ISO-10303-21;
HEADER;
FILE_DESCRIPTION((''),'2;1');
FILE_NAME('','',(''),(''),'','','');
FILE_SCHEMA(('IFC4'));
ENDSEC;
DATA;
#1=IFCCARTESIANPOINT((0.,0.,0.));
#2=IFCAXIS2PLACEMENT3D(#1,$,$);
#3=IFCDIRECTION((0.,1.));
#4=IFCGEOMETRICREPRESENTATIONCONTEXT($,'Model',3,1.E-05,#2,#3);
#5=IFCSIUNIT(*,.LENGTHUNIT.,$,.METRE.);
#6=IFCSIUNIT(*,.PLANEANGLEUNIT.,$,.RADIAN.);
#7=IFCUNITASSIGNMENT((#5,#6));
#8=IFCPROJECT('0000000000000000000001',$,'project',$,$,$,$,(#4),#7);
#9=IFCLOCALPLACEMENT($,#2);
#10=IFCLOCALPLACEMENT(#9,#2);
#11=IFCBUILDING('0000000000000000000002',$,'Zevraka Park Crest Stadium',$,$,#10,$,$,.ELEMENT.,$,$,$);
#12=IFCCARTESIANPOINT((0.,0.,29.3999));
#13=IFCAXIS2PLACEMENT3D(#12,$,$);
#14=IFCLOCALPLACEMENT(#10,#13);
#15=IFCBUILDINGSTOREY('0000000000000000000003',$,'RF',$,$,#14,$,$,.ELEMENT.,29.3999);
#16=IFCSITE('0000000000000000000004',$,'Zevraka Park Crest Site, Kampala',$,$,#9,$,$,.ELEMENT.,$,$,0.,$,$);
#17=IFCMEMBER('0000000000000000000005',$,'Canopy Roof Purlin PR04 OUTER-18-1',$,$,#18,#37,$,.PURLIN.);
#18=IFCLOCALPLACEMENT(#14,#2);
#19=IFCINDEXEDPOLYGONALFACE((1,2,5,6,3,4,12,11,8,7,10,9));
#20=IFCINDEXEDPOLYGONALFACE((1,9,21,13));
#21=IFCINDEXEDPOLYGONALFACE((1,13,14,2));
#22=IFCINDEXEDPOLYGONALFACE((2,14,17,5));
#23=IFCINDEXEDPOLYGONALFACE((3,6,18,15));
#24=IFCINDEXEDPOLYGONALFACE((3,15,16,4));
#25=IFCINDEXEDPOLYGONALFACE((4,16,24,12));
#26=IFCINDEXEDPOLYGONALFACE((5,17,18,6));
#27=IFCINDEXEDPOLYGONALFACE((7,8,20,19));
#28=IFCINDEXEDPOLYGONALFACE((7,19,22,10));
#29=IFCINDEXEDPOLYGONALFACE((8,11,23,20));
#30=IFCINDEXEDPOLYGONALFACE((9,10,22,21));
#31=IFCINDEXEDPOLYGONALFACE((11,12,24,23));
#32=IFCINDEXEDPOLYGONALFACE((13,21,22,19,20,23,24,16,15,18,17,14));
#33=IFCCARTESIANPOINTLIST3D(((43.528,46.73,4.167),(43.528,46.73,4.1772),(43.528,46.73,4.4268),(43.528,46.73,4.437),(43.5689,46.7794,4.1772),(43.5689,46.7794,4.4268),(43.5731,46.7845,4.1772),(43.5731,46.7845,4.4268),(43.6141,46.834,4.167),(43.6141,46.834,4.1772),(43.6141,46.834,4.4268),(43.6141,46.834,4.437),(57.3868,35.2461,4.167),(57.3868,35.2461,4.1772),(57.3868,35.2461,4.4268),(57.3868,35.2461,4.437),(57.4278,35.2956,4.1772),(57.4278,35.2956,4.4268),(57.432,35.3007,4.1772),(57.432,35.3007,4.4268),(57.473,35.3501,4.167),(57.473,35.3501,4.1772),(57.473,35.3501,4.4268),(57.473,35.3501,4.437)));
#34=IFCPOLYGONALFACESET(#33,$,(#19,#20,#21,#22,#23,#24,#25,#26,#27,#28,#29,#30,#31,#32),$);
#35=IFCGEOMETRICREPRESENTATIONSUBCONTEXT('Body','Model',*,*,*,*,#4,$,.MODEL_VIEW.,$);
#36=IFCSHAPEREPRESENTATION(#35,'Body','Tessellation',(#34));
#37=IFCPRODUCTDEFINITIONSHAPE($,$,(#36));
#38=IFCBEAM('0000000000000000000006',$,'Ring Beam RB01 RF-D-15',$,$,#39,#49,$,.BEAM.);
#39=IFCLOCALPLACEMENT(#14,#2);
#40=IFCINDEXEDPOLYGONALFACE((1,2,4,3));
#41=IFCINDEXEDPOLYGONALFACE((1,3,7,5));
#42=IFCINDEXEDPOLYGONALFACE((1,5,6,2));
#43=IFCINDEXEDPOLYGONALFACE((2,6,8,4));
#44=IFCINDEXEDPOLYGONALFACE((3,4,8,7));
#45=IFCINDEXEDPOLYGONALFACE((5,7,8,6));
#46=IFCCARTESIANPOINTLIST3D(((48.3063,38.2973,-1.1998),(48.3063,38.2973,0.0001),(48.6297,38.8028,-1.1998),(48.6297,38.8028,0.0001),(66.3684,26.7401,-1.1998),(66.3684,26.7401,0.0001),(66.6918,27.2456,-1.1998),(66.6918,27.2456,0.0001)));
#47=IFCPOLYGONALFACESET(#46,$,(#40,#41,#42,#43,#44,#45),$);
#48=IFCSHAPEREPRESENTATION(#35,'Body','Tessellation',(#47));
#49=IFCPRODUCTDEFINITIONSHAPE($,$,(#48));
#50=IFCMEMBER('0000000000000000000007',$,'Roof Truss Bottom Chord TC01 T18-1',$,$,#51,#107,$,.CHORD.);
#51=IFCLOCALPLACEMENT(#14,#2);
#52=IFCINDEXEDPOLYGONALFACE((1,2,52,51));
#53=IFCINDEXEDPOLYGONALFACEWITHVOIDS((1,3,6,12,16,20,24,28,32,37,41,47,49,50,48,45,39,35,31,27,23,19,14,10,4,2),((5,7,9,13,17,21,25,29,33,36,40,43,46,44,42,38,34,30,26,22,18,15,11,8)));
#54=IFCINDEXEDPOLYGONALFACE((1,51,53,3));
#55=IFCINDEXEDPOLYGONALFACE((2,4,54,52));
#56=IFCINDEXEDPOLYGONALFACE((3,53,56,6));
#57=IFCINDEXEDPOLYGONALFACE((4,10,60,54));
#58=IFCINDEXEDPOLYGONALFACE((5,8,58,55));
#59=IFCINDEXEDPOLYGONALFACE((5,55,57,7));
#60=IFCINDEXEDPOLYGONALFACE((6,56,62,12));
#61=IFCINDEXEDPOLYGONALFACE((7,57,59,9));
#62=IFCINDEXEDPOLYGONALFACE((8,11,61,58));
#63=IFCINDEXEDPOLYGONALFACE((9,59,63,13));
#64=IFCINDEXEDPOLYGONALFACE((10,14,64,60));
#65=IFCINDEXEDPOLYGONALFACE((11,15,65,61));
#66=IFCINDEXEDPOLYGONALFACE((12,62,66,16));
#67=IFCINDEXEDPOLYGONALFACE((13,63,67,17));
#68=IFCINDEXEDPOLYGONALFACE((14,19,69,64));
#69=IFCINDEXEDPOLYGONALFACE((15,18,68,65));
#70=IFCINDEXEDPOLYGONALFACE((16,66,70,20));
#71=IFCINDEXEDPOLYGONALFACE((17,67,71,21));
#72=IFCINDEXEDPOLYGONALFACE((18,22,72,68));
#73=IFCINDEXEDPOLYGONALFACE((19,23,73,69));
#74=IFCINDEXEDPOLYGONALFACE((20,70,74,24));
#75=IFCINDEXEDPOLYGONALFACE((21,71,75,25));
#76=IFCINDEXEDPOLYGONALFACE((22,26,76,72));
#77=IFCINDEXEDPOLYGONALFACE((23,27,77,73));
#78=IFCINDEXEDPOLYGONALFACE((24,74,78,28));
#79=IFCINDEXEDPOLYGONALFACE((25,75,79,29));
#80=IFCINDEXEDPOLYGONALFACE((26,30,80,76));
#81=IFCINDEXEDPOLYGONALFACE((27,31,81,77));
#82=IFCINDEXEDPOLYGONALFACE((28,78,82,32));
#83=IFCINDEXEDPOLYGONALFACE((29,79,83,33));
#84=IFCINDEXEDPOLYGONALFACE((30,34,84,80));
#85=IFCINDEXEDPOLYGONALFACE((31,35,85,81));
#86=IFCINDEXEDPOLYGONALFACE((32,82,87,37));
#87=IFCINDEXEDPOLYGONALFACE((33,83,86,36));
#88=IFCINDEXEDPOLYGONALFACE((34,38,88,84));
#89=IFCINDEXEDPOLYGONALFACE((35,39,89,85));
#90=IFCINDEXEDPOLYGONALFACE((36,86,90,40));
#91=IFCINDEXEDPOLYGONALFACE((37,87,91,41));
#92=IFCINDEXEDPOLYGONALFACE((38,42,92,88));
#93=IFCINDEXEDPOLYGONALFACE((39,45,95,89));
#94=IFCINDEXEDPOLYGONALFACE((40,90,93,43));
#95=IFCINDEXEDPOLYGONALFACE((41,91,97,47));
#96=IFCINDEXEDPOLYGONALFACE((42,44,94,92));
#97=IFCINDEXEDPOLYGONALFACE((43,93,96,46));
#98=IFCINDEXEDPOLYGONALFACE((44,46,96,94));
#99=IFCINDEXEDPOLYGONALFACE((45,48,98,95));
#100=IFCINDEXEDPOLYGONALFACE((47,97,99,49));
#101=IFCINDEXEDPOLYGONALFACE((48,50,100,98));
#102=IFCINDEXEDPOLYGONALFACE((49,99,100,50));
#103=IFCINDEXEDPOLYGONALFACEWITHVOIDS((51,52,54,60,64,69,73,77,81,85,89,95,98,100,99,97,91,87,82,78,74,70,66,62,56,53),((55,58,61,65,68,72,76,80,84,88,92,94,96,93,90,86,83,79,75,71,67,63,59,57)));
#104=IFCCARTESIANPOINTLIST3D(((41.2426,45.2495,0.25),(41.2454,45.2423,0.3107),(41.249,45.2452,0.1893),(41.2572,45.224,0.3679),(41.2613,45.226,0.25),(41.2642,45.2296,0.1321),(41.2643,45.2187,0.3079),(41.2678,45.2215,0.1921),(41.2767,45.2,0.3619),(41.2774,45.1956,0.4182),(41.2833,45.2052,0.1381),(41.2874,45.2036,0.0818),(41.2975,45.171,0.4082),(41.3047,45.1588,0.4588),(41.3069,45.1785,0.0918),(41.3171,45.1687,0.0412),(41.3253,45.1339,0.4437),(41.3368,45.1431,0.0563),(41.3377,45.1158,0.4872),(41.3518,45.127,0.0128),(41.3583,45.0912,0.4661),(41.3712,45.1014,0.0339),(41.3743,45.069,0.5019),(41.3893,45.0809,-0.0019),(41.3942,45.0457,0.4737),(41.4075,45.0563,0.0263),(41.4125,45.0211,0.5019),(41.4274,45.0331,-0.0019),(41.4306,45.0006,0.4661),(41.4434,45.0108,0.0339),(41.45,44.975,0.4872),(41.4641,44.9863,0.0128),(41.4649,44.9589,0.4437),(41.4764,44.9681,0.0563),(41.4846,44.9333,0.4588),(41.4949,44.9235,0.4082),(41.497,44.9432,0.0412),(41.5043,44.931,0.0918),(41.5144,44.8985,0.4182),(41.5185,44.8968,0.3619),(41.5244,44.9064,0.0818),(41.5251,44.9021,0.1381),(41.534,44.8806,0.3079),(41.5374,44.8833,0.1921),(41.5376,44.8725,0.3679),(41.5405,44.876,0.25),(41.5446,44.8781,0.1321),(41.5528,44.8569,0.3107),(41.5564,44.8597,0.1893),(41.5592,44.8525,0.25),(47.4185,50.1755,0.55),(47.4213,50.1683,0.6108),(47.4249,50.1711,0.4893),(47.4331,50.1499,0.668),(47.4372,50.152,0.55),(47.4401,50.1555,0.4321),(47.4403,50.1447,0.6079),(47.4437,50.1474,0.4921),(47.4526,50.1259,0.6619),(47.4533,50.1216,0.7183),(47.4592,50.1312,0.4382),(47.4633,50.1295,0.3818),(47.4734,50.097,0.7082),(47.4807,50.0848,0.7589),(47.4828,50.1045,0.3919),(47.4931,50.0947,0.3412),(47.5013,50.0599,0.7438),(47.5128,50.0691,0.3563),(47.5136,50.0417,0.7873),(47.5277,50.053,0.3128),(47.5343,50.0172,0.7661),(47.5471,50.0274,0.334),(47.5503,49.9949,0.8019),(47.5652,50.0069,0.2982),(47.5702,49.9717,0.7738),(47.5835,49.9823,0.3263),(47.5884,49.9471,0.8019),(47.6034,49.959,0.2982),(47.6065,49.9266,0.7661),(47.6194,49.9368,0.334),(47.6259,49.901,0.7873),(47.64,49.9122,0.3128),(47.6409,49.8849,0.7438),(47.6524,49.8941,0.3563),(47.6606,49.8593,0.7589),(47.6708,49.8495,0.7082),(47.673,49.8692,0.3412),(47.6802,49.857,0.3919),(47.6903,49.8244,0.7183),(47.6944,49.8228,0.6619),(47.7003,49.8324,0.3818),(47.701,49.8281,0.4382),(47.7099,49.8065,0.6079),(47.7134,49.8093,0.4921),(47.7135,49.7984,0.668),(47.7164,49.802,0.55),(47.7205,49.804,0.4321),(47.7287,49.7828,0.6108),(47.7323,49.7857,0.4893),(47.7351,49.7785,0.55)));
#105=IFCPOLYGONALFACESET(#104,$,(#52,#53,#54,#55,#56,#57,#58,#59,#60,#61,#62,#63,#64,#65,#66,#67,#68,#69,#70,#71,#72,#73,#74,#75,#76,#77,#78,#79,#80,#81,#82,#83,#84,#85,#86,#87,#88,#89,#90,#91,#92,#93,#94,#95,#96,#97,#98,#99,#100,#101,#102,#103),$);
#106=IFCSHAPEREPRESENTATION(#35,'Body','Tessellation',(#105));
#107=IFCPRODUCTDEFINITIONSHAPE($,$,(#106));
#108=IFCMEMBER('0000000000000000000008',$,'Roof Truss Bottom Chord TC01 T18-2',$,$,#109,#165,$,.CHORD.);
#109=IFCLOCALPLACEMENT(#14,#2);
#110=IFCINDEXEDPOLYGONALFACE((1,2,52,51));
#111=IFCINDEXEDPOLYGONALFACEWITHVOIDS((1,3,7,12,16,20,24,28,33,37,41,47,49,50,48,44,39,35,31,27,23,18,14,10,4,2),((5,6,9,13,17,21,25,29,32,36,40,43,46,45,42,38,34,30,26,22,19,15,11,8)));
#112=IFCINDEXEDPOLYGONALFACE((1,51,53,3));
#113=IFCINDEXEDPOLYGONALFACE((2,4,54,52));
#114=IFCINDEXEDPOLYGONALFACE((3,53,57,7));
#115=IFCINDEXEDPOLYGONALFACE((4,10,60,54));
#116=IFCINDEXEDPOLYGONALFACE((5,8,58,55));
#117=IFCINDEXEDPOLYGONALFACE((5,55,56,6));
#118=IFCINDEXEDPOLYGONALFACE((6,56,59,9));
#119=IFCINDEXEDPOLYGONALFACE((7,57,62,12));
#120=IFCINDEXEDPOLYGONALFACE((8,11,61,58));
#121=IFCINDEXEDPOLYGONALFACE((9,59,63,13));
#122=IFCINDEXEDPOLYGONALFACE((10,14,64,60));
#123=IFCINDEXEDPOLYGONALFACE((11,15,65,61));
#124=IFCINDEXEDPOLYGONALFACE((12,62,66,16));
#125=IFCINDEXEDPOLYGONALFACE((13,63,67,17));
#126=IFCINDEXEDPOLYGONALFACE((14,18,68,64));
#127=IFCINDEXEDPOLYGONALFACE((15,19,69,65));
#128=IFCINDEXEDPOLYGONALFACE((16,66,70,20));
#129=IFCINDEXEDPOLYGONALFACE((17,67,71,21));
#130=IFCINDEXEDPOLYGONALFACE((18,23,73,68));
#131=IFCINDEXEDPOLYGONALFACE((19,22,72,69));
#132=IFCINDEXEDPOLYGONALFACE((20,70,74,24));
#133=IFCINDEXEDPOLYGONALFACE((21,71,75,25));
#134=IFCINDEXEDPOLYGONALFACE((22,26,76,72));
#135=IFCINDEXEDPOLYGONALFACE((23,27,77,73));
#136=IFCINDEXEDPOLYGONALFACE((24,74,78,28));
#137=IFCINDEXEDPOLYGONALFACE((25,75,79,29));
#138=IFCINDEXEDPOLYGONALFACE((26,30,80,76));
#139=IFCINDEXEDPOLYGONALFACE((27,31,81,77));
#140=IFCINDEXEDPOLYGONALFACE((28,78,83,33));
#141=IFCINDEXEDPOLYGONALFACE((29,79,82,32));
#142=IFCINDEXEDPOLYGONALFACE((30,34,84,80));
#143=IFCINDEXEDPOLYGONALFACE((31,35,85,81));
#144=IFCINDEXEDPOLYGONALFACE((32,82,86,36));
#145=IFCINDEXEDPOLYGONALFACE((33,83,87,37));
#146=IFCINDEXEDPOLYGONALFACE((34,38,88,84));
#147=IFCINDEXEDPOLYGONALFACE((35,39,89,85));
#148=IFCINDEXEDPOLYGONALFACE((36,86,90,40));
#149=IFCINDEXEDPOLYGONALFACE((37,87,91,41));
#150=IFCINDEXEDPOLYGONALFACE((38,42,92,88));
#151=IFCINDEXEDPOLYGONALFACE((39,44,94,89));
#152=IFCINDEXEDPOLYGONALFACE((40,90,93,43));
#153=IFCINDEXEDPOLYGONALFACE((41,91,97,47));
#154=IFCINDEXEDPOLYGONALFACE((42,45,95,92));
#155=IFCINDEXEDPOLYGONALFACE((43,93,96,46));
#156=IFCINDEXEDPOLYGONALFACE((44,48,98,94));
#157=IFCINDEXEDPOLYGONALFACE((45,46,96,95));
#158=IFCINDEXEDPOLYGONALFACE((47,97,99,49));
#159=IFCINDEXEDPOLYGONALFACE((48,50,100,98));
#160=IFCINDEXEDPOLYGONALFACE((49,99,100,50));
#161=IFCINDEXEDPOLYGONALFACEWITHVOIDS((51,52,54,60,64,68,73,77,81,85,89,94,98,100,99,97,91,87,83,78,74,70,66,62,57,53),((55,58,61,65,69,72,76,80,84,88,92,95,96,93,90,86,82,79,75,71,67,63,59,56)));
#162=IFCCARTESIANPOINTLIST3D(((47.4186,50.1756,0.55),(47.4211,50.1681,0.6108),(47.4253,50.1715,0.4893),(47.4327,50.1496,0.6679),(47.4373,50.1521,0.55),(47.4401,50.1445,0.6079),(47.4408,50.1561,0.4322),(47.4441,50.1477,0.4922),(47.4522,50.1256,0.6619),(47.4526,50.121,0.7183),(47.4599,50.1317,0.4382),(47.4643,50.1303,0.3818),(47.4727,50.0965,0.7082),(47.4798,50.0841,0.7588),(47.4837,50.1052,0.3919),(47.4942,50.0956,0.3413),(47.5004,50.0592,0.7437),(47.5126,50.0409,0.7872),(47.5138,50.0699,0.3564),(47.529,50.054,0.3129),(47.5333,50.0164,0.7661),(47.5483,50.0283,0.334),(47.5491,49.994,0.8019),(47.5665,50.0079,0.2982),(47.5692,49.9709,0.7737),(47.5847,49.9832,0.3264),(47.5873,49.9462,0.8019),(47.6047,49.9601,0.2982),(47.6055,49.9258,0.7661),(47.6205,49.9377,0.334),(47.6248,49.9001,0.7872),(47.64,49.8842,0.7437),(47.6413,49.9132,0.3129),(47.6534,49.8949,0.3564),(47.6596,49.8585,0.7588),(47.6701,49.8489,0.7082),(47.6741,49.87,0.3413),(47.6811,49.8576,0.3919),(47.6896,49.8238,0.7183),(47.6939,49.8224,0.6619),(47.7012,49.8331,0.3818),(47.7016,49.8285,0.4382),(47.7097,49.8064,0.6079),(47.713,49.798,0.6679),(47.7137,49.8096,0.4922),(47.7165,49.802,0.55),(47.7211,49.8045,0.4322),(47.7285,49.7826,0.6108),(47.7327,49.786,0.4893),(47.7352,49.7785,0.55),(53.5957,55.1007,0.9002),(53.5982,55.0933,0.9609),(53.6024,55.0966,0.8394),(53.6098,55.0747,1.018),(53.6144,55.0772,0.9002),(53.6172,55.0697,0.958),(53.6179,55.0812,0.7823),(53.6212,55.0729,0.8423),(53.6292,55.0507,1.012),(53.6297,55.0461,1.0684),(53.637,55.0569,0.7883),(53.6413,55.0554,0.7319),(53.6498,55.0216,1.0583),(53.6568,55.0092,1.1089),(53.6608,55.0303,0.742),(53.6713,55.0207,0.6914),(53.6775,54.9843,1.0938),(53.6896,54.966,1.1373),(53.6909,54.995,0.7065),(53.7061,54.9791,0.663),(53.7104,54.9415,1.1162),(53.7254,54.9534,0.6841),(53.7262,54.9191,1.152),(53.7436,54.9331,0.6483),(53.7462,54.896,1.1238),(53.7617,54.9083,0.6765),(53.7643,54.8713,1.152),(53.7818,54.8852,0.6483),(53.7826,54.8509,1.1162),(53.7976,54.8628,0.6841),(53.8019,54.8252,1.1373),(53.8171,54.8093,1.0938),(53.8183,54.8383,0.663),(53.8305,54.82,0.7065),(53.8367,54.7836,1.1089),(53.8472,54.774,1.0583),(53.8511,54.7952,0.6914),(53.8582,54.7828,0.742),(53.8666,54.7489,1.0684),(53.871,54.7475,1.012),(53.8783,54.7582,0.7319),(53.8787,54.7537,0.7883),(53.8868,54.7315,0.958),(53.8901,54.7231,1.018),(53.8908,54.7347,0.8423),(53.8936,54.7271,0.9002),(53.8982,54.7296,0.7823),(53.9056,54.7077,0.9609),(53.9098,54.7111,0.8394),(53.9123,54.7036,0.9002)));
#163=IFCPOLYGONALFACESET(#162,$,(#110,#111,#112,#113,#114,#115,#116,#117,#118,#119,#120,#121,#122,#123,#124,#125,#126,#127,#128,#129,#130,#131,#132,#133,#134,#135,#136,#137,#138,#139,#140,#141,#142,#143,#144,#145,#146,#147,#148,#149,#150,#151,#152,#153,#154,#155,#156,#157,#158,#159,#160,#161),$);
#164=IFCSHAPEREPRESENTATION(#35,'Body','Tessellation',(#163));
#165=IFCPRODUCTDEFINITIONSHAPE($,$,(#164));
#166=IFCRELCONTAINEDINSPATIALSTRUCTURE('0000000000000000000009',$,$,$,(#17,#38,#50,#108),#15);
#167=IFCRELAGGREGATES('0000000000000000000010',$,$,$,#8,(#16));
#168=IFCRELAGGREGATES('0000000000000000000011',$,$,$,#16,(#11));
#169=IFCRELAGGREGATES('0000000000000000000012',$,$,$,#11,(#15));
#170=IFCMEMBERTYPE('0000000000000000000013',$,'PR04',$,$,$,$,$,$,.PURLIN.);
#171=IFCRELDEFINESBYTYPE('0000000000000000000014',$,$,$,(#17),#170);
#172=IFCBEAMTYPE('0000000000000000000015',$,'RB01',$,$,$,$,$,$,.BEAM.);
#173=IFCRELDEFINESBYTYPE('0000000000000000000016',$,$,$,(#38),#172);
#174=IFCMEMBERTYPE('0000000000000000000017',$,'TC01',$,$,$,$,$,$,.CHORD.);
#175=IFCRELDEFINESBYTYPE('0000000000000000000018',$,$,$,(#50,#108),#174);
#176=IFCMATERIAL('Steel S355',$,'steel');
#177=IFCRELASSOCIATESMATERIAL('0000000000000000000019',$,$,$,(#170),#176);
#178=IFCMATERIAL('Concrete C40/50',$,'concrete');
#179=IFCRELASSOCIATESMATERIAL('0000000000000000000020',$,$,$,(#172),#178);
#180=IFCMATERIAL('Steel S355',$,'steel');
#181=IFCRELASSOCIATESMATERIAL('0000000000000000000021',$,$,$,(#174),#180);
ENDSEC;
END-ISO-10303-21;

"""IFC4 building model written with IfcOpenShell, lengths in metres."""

from ifc_helpers import new_model, si_unit, direction, frame, origin, origin_2d, place, context, subcontext, project, spatial, rectangle, hollow_circle, i_section, extrude, material, material_profile, profile_set, type_object, element, save


model = new_model("IFC4")

# Units and contexts
model_context = context("Model", 3, precision=1e-05, world=origin(), true_north=direction((0.0, 1.0)))
body_context = subcontext(model_context, "Body", "Model", "MODEL_VIEW")
ifc_project = project(units=[si_unit("LENGTHUNIT", "METRE"), si_unit("PLANEANGLEUNIT", "RADIAN")], contexts=[model_context])

# Site, building, storey
site_placement = place(None, origin())
site = spatial("IfcSite", under=ifc_project, at=site_placement, Name="Zevraka Park Crest Site, Kampala", CompositionType="ELEMENT", RefElevation=0.0)
building_placement = place(site_placement, origin())
building = spatial("IfcBuilding", under=site, at=building_placement, Name="Zevraka Park Crest Stadium", CompositionType="ELEMENT")
storey_placement = place(building_placement, frame((0.0, 0.0, 29.3999)))
storey = spatial("IfcBuildingStorey", under=building, at=storey_placement, Name="RF", CompositionType="ELEMENT", Elevation=29.3999)

# Member
ifc_material_1 = material(Name="Steel S355", Category="steel")
ifc_material_profile_1 = material_profile(ifc_material_1, i_section(OverallWidth=0.135, OverallDepth=0.27, WebThickness=0.0066, FlangeThickness=0.0103, at=origin_2d()), Name="IPE 270")
ifc_profile_set_1 = profile_set([ifc_material_profile_1], Name="Steel S355")
member_type_1 = type_object("IfcMemberType", Name="PR04", PredefinedType="PURLIN", material=ifc_profile_set_1)
member_1_placement = place(storey_placement, frame((43.571, 46.782, 4.302), z_axis=(0.769999, -0.638045, 0.0), x_axis=(0.638045, 0.769999, 0.0)))
element("IfcMember", 1, at=member_1_placement, inside=storey, type_object=member_type_1, Name="Canopy Roof Purlin PR04 OUTER-18-1", PredefinedType="PURLIN", context=body_context, shape_type="SweptSolid", body=[
    extrude(i_section(OverallWidth=0.135, OverallDepth=0.27, WebThickness=0.0066, FlangeThickness=0.0103, at=origin_2d()), origin(), (0.0, 0.0, 1.0), 17.9985),
])

# Beam
ifc_material_2 = material(Name="Concrete C40/50", Category="concrete")
ifc_material_profile_2 = material_profile(ifc_material_2, rectangle(XDim=0.6001, YDim=1.2, at=origin_2d()), Name="RC 1200x600")
ifc_profile_set_2 = profile_set([ifc_material_profile_2], Name="Concrete C40/50")
beam_type = type_object("IfcBeamType", Name="RB01", PredefinedType="BEAM", material=ifc_profile_set_2)
beam_placement = place(storey_placement, frame((48.468, 38.55, -0.5999), z_axis=(0.842326, -0.538969, 0.0), x_axis=(0.538969, 0.842326, 0.0)))
element("IfcBeam", 2, at=beam_placement, inside=storey, type_object=beam_type, Name="Ring Beam RB01 RF-D-15", PredefinedType="BEAM", context=body_context, shape_type="SweptSolid", body=[
    extrude(rectangle(XDim=0.6001, YDim=1.2, at=origin_2d()), origin(), (0.0, 0.0, 1.0), 21.4431),
])

# Members
ifc_material_3 = material(Name="Steel S355", Category="steel")
ifc_material_profile_3 = material_profile(ifc_material_3, hollow_circle(Radius=0.2539, WallThickness=0.03, at=origin_2d()), Name="CHS 508.0x30")
ifc_profile_set_3 = profile_set([ifc_material_profile_3], Name="Steel S355")
member_type_2 = type_object("IfcMemberType", Name="TC01", PredefinedType="CHORD", material=ifc_profile_set_3)
member_2_placement = place(storey_placement, frame((41.4009, 45.051, 0.25), z_axis=(0.781218, 0.623103, 0.037954), x_axis=(-0.623552, 0.781782, 0.0)))
element("IfcMember", 3, at=member_2_placement, inside=storey, type_object=member_type_2, Name="Roof Truss Bottom Chord TC01 T18-1", PredefinedType="CHORD", context=body_context, shape_type="SweptSolid", body=[
    extrude(hollow_circle(Radius=0.2539, WallThickness=0.03, at=origin_2d()), origin(), (0.0, 0.0, 1.0), 7.9055),
])
member_3_placement = place(storey_placement, frame((47.5769, 49.9771, 0.55), z_axis=(0.781123, 0.622805, 0.044272), x_axis=(-0.623417, 0.78189, 0.0)))
element("IfcMember", 4, at=member_3_placement, inside=storey, type_object=member_type_2, Name="Roof Truss Bottom Chord TC01 T18-2", PredefinedType="CHORD", context=body_context, shape_type="SweptSolid", body=[
    extrude(hollow_circle(Radius=0.2539, WallThickness=0.03, at=origin_2d()), origin(), (0.0, 0.0, 1.0), 7.908),
])

save(model, "model.ifc")
